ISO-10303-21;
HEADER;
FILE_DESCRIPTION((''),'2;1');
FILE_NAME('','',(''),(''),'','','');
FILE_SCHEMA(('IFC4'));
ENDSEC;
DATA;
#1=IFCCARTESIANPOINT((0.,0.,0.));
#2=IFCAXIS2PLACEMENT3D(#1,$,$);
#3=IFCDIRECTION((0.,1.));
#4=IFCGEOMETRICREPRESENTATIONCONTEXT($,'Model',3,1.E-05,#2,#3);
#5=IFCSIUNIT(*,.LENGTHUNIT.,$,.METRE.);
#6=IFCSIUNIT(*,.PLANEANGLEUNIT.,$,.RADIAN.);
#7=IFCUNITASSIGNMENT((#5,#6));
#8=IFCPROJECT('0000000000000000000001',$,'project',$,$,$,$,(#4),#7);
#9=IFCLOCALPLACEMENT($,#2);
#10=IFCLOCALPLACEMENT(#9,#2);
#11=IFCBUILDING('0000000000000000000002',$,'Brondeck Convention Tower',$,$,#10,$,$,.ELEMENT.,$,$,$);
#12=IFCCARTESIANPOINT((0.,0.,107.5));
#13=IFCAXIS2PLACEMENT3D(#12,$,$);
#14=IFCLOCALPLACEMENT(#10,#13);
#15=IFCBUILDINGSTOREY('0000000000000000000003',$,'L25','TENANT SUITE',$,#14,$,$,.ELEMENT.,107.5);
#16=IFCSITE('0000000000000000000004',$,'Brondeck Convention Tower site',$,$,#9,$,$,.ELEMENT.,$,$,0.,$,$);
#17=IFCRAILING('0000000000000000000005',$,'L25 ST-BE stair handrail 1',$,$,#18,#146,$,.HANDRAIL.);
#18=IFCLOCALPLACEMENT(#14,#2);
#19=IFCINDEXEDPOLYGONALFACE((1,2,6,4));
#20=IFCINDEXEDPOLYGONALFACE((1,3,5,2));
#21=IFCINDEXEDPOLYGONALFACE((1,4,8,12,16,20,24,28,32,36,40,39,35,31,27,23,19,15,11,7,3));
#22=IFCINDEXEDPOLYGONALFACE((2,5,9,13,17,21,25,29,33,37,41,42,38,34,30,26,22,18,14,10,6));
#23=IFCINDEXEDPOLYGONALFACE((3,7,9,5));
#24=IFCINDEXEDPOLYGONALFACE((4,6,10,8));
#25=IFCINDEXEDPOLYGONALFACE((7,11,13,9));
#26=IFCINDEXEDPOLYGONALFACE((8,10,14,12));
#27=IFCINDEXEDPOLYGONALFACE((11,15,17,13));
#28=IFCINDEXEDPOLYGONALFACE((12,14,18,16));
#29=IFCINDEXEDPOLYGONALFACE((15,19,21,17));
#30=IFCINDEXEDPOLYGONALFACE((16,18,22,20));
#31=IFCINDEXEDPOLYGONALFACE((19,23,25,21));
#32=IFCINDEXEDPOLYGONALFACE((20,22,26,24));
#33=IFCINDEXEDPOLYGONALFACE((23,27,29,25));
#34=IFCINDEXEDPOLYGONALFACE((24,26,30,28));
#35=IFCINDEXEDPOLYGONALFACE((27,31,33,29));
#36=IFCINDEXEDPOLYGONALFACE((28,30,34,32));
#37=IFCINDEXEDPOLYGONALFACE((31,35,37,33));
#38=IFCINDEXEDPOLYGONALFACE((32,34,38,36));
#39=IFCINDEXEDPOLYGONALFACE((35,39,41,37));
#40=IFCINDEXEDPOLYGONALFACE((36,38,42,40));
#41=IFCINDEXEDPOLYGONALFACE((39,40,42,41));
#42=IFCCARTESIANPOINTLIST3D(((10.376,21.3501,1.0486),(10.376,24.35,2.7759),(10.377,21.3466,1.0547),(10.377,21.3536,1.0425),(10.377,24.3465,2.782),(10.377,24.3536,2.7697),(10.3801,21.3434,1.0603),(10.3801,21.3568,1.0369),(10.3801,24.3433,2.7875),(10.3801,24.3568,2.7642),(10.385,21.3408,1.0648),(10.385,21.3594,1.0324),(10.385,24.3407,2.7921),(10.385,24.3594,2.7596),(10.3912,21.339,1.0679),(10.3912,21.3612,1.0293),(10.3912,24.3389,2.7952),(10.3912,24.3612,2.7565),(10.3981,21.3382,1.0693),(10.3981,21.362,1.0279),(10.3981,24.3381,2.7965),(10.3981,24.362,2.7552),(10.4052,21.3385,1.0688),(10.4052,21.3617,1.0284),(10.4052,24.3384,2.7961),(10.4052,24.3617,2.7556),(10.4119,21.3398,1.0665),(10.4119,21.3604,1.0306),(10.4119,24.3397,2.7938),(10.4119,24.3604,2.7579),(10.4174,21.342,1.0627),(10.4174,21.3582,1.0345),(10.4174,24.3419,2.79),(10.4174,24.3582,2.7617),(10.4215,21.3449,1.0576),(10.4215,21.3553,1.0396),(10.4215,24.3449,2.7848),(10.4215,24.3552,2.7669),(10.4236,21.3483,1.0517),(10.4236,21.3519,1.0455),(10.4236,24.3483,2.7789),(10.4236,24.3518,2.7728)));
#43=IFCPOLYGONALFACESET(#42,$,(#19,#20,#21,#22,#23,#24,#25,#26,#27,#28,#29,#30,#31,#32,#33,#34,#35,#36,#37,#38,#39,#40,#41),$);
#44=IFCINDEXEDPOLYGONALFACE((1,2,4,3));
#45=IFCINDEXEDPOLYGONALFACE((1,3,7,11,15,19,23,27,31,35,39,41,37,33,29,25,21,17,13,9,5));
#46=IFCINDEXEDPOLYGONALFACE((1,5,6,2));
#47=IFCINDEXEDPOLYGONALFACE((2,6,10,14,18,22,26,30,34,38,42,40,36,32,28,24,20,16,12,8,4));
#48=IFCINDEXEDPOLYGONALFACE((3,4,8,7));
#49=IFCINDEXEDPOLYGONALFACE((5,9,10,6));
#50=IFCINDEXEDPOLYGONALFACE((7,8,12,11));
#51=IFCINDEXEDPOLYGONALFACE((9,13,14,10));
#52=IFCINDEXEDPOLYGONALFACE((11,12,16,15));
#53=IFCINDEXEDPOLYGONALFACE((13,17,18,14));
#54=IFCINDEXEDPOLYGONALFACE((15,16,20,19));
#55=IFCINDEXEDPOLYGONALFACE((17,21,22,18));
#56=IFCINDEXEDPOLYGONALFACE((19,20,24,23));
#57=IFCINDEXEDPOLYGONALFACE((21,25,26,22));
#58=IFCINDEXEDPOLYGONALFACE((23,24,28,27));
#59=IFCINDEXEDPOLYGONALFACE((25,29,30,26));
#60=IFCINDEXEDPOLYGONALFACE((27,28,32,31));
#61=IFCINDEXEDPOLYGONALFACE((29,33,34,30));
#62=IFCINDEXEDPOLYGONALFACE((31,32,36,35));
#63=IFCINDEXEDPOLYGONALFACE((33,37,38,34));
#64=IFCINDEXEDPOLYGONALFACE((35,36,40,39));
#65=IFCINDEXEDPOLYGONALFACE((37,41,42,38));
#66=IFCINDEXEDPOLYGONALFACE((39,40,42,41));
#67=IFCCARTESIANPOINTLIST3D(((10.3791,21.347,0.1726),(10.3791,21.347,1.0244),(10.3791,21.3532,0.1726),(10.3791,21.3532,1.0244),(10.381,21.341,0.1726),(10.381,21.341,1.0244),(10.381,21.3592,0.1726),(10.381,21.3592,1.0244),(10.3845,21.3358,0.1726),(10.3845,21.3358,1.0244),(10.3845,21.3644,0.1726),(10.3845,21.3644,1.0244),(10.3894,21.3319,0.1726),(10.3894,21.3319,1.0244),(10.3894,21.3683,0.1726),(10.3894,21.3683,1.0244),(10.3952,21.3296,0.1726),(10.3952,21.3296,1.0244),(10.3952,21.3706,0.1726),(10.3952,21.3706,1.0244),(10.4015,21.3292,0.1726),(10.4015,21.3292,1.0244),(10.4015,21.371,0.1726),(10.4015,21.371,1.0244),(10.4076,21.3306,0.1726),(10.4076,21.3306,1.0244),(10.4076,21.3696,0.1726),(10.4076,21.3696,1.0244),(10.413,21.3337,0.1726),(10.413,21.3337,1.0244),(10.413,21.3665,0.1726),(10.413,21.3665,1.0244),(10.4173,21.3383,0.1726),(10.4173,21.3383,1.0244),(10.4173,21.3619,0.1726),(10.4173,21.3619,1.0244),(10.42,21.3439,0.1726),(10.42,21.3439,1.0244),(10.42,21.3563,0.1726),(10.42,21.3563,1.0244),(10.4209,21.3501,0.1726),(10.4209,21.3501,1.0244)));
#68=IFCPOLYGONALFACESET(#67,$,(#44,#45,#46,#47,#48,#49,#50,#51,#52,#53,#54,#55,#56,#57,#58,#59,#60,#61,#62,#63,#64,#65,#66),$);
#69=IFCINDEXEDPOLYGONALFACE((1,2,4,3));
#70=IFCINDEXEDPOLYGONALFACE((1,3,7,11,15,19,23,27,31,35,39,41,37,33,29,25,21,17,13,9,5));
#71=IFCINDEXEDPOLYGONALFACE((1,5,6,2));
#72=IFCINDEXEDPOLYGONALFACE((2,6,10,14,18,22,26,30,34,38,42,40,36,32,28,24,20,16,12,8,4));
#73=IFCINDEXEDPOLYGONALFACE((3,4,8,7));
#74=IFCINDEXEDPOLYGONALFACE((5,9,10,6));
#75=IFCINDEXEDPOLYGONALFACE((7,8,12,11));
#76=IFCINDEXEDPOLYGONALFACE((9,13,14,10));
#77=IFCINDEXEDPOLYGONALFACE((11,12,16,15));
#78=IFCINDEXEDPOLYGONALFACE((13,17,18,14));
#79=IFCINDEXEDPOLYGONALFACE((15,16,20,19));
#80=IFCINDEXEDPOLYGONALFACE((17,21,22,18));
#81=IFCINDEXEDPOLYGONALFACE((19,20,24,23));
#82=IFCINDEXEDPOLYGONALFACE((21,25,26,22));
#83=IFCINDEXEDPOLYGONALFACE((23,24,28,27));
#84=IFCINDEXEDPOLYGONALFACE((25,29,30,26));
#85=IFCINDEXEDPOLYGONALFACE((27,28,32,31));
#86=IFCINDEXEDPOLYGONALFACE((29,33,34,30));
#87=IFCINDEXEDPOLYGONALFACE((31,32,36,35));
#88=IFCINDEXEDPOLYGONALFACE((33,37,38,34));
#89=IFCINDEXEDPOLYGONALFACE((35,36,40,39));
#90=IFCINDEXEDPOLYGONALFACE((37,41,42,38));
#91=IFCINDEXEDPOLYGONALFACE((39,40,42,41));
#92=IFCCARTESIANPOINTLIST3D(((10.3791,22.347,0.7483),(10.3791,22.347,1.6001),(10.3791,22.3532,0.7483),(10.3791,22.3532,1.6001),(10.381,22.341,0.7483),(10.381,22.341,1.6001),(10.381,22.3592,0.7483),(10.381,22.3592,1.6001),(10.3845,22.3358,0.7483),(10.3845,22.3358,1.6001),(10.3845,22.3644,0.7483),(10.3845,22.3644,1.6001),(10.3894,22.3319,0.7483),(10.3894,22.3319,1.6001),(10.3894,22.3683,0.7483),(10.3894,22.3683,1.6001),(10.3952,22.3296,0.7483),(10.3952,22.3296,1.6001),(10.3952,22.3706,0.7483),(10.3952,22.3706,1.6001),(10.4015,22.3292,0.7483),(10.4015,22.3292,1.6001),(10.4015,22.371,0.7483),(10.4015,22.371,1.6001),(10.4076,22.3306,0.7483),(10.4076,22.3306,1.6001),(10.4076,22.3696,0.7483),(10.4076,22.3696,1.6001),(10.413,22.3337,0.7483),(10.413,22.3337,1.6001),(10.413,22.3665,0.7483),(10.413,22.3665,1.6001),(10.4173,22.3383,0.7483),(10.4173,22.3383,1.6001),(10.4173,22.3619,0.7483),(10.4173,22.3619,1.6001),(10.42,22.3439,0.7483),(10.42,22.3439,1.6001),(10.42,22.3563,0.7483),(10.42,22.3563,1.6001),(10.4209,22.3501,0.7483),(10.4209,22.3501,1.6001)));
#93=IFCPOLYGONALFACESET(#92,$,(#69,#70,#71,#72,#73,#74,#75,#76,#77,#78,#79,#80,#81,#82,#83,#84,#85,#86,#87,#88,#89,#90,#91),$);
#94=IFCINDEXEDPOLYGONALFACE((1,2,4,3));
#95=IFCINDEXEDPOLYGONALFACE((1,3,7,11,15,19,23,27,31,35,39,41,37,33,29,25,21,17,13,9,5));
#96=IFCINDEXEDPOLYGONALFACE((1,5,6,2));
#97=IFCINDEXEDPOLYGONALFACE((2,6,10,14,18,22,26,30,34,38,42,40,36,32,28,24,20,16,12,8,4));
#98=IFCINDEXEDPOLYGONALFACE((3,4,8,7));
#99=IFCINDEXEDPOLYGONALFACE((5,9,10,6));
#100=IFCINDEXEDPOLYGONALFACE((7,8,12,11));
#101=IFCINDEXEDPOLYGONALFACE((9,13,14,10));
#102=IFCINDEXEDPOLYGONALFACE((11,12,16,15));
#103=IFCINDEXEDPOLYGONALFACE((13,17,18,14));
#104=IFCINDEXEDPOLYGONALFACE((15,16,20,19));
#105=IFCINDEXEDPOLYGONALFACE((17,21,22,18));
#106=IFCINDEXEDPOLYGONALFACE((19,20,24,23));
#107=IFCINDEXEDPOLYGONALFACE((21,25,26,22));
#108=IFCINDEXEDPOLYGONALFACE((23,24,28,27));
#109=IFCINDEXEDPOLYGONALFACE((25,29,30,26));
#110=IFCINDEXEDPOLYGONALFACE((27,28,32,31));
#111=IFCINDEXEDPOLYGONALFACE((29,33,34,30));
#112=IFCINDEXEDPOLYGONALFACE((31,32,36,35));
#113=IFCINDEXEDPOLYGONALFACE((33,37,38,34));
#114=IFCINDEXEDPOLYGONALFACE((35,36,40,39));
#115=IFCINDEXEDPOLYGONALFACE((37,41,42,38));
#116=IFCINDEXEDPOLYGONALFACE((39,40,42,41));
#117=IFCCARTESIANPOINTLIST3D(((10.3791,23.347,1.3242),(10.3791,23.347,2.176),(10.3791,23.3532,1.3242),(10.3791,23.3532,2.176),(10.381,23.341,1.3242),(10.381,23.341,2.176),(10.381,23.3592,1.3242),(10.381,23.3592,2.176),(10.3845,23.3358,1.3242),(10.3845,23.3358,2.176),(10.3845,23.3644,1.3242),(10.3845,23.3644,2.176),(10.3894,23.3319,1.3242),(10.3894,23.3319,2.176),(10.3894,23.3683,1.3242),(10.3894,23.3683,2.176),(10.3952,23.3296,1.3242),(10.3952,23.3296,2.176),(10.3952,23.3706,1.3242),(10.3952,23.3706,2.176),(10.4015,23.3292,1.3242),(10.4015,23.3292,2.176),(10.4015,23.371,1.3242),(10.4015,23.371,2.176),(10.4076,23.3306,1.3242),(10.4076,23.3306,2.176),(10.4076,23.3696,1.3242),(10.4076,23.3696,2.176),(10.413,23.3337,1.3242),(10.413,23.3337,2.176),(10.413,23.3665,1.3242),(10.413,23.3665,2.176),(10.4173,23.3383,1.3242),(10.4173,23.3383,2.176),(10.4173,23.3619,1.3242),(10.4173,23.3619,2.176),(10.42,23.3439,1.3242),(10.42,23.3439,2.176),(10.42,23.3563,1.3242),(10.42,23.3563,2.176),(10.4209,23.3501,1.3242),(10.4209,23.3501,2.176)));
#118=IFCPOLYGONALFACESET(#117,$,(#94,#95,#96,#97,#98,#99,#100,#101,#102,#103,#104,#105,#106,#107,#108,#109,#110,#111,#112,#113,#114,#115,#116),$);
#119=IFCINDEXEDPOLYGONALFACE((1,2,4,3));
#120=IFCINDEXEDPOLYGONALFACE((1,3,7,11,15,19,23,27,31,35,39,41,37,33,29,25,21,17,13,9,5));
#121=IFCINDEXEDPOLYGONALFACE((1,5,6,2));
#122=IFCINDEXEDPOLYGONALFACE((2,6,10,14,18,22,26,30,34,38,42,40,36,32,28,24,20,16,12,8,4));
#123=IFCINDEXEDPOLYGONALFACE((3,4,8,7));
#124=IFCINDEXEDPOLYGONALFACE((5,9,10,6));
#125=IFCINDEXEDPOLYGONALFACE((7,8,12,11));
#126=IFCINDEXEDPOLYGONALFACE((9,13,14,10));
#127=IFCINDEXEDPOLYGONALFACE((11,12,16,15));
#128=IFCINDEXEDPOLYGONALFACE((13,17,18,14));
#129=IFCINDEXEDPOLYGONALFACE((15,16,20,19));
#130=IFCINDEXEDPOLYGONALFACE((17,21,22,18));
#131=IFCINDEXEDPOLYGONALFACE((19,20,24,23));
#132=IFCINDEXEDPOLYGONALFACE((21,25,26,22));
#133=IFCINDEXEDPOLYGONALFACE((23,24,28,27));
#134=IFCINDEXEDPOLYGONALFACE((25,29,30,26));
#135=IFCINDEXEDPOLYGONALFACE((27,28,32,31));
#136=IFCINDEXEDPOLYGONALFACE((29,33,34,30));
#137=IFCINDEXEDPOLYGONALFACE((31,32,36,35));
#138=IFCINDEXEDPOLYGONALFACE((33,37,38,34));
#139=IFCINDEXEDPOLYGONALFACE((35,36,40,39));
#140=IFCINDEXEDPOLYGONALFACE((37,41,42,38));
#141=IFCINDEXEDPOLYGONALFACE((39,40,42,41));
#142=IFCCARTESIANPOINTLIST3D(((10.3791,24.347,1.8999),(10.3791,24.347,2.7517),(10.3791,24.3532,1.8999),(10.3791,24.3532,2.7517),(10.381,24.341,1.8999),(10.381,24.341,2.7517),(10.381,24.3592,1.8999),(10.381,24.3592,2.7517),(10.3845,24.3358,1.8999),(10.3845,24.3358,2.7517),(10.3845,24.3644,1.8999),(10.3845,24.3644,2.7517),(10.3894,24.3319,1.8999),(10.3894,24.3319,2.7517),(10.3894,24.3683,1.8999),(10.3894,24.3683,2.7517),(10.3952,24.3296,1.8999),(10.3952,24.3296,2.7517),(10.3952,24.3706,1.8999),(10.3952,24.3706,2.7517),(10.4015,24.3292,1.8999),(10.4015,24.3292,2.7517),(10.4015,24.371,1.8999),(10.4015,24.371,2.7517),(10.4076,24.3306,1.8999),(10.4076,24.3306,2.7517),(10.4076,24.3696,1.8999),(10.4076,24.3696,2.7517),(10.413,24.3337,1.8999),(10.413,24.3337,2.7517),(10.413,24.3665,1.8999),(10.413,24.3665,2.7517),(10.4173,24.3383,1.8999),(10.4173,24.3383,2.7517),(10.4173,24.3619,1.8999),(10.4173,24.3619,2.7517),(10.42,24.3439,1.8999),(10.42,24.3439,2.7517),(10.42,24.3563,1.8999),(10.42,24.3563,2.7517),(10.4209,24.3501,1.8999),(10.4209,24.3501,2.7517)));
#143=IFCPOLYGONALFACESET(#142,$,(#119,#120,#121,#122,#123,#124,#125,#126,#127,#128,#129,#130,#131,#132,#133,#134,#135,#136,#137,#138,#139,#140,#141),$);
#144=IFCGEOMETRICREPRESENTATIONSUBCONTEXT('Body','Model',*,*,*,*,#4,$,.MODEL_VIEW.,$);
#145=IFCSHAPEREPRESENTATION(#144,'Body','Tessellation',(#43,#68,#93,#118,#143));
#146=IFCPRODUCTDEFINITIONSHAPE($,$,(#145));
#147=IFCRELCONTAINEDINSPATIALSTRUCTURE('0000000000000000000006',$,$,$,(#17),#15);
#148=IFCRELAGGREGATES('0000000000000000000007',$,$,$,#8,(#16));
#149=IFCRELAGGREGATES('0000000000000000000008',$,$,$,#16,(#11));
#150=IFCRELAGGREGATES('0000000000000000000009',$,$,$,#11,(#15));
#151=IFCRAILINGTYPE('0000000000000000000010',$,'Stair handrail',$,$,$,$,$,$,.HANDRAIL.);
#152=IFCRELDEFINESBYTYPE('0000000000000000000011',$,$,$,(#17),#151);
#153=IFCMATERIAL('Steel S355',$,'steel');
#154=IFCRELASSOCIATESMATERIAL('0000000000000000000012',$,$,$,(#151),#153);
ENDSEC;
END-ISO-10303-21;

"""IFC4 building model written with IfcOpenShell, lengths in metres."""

from ifc_helpers import new_model, si_unit, direction, frame, origin, origin_2d, place, context, subcontext, project, spatial, circle, extrude, material, type_object, element, save


model = new_model("IFC4")

# Units and contexts
model_context = context("Model", 3, precision=1e-05, world=origin(), true_north=direction((0.0, 1.0)))
body_context = subcontext(model_context, "Body", "Model", "MODEL_VIEW")
ifc_project = project(units=[si_unit("LENGTHUNIT", "METRE"), si_unit("PLANEANGLEUNIT", "RADIAN")], contexts=[model_context])

# Site, building, storey
site_placement = place(None, origin())
site = spatial("IfcSite", under=ifc_project, at=site_placement, Name="Brondeck Convention Tower site", CompositionType="ELEMENT", RefElevation=0.0)
building_placement = place(site_placement, origin())
building = spatial("IfcBuilding", under=site, at=building_placement, Name="Brondeck Convention Tower", CompositionType="ELEMENT")
storey_placement = place(building_placement, frame((0.0, 0.0, 107.5)))
storey = spatial("IfcBuildingStorey", under=building, at=storey_placement, Name="L25", Description="TENANT SUITE", CompositionType="ELEMENT", Elevation=107.5)

# Shared definitions
ifc_material_1 = material(Name="Steel S355", Category="steel")

# Railing
railing_type_1 = type_object("IfcRailingType", Name="Stair handrail", PredefinedType="HANDRAIL", material=ifc_material_1)
railing_1_placement = place(storey_placement, frame((10.3999, 21.3501, 0.1726)))
element("IfcRailing", 1, at=railing_1_placement, inside=storey, type_object=railing_type_1, Name="L25 ST-BE stair handrail 1", PredefinedType="HANDRAIL", context=body_context, shape_type="SweptSolid", body=[
    extrude(circle(Radius=0.0239, at=origin_2d()), frame((0.0, 0.0, 0.876), z_axis=(0.0, 0.86662, 0.498969), x_axis=(-1.0, 0.0, 0.0)), (0.0, 0.0, 1.0), 3.4617),
    extrude(circle(Radius=0.021, at=origin_2d()), origin(), (0.0, 0.0, 1.0), 0.8518),
    extrude(circle(Radius=0.021, at=origin_2d()), frame((0.0, 1.0, 0.5757)), (0.0, 0.0, 1.0), 0.8518),
    extrude(circle(Radius=0.021, at=origin_2d()), frame((0.0, 2.0, 1.1516)), (0.0, 0.0, 1.0), 0.8518),
    extrude(circle(Radius=0.021, at=origin_2d()), frame((0.0, 3.0, 1.7273)), (0.0, 0.0, 1.0), 0.8518),
])

save(model, "model.ifc")
